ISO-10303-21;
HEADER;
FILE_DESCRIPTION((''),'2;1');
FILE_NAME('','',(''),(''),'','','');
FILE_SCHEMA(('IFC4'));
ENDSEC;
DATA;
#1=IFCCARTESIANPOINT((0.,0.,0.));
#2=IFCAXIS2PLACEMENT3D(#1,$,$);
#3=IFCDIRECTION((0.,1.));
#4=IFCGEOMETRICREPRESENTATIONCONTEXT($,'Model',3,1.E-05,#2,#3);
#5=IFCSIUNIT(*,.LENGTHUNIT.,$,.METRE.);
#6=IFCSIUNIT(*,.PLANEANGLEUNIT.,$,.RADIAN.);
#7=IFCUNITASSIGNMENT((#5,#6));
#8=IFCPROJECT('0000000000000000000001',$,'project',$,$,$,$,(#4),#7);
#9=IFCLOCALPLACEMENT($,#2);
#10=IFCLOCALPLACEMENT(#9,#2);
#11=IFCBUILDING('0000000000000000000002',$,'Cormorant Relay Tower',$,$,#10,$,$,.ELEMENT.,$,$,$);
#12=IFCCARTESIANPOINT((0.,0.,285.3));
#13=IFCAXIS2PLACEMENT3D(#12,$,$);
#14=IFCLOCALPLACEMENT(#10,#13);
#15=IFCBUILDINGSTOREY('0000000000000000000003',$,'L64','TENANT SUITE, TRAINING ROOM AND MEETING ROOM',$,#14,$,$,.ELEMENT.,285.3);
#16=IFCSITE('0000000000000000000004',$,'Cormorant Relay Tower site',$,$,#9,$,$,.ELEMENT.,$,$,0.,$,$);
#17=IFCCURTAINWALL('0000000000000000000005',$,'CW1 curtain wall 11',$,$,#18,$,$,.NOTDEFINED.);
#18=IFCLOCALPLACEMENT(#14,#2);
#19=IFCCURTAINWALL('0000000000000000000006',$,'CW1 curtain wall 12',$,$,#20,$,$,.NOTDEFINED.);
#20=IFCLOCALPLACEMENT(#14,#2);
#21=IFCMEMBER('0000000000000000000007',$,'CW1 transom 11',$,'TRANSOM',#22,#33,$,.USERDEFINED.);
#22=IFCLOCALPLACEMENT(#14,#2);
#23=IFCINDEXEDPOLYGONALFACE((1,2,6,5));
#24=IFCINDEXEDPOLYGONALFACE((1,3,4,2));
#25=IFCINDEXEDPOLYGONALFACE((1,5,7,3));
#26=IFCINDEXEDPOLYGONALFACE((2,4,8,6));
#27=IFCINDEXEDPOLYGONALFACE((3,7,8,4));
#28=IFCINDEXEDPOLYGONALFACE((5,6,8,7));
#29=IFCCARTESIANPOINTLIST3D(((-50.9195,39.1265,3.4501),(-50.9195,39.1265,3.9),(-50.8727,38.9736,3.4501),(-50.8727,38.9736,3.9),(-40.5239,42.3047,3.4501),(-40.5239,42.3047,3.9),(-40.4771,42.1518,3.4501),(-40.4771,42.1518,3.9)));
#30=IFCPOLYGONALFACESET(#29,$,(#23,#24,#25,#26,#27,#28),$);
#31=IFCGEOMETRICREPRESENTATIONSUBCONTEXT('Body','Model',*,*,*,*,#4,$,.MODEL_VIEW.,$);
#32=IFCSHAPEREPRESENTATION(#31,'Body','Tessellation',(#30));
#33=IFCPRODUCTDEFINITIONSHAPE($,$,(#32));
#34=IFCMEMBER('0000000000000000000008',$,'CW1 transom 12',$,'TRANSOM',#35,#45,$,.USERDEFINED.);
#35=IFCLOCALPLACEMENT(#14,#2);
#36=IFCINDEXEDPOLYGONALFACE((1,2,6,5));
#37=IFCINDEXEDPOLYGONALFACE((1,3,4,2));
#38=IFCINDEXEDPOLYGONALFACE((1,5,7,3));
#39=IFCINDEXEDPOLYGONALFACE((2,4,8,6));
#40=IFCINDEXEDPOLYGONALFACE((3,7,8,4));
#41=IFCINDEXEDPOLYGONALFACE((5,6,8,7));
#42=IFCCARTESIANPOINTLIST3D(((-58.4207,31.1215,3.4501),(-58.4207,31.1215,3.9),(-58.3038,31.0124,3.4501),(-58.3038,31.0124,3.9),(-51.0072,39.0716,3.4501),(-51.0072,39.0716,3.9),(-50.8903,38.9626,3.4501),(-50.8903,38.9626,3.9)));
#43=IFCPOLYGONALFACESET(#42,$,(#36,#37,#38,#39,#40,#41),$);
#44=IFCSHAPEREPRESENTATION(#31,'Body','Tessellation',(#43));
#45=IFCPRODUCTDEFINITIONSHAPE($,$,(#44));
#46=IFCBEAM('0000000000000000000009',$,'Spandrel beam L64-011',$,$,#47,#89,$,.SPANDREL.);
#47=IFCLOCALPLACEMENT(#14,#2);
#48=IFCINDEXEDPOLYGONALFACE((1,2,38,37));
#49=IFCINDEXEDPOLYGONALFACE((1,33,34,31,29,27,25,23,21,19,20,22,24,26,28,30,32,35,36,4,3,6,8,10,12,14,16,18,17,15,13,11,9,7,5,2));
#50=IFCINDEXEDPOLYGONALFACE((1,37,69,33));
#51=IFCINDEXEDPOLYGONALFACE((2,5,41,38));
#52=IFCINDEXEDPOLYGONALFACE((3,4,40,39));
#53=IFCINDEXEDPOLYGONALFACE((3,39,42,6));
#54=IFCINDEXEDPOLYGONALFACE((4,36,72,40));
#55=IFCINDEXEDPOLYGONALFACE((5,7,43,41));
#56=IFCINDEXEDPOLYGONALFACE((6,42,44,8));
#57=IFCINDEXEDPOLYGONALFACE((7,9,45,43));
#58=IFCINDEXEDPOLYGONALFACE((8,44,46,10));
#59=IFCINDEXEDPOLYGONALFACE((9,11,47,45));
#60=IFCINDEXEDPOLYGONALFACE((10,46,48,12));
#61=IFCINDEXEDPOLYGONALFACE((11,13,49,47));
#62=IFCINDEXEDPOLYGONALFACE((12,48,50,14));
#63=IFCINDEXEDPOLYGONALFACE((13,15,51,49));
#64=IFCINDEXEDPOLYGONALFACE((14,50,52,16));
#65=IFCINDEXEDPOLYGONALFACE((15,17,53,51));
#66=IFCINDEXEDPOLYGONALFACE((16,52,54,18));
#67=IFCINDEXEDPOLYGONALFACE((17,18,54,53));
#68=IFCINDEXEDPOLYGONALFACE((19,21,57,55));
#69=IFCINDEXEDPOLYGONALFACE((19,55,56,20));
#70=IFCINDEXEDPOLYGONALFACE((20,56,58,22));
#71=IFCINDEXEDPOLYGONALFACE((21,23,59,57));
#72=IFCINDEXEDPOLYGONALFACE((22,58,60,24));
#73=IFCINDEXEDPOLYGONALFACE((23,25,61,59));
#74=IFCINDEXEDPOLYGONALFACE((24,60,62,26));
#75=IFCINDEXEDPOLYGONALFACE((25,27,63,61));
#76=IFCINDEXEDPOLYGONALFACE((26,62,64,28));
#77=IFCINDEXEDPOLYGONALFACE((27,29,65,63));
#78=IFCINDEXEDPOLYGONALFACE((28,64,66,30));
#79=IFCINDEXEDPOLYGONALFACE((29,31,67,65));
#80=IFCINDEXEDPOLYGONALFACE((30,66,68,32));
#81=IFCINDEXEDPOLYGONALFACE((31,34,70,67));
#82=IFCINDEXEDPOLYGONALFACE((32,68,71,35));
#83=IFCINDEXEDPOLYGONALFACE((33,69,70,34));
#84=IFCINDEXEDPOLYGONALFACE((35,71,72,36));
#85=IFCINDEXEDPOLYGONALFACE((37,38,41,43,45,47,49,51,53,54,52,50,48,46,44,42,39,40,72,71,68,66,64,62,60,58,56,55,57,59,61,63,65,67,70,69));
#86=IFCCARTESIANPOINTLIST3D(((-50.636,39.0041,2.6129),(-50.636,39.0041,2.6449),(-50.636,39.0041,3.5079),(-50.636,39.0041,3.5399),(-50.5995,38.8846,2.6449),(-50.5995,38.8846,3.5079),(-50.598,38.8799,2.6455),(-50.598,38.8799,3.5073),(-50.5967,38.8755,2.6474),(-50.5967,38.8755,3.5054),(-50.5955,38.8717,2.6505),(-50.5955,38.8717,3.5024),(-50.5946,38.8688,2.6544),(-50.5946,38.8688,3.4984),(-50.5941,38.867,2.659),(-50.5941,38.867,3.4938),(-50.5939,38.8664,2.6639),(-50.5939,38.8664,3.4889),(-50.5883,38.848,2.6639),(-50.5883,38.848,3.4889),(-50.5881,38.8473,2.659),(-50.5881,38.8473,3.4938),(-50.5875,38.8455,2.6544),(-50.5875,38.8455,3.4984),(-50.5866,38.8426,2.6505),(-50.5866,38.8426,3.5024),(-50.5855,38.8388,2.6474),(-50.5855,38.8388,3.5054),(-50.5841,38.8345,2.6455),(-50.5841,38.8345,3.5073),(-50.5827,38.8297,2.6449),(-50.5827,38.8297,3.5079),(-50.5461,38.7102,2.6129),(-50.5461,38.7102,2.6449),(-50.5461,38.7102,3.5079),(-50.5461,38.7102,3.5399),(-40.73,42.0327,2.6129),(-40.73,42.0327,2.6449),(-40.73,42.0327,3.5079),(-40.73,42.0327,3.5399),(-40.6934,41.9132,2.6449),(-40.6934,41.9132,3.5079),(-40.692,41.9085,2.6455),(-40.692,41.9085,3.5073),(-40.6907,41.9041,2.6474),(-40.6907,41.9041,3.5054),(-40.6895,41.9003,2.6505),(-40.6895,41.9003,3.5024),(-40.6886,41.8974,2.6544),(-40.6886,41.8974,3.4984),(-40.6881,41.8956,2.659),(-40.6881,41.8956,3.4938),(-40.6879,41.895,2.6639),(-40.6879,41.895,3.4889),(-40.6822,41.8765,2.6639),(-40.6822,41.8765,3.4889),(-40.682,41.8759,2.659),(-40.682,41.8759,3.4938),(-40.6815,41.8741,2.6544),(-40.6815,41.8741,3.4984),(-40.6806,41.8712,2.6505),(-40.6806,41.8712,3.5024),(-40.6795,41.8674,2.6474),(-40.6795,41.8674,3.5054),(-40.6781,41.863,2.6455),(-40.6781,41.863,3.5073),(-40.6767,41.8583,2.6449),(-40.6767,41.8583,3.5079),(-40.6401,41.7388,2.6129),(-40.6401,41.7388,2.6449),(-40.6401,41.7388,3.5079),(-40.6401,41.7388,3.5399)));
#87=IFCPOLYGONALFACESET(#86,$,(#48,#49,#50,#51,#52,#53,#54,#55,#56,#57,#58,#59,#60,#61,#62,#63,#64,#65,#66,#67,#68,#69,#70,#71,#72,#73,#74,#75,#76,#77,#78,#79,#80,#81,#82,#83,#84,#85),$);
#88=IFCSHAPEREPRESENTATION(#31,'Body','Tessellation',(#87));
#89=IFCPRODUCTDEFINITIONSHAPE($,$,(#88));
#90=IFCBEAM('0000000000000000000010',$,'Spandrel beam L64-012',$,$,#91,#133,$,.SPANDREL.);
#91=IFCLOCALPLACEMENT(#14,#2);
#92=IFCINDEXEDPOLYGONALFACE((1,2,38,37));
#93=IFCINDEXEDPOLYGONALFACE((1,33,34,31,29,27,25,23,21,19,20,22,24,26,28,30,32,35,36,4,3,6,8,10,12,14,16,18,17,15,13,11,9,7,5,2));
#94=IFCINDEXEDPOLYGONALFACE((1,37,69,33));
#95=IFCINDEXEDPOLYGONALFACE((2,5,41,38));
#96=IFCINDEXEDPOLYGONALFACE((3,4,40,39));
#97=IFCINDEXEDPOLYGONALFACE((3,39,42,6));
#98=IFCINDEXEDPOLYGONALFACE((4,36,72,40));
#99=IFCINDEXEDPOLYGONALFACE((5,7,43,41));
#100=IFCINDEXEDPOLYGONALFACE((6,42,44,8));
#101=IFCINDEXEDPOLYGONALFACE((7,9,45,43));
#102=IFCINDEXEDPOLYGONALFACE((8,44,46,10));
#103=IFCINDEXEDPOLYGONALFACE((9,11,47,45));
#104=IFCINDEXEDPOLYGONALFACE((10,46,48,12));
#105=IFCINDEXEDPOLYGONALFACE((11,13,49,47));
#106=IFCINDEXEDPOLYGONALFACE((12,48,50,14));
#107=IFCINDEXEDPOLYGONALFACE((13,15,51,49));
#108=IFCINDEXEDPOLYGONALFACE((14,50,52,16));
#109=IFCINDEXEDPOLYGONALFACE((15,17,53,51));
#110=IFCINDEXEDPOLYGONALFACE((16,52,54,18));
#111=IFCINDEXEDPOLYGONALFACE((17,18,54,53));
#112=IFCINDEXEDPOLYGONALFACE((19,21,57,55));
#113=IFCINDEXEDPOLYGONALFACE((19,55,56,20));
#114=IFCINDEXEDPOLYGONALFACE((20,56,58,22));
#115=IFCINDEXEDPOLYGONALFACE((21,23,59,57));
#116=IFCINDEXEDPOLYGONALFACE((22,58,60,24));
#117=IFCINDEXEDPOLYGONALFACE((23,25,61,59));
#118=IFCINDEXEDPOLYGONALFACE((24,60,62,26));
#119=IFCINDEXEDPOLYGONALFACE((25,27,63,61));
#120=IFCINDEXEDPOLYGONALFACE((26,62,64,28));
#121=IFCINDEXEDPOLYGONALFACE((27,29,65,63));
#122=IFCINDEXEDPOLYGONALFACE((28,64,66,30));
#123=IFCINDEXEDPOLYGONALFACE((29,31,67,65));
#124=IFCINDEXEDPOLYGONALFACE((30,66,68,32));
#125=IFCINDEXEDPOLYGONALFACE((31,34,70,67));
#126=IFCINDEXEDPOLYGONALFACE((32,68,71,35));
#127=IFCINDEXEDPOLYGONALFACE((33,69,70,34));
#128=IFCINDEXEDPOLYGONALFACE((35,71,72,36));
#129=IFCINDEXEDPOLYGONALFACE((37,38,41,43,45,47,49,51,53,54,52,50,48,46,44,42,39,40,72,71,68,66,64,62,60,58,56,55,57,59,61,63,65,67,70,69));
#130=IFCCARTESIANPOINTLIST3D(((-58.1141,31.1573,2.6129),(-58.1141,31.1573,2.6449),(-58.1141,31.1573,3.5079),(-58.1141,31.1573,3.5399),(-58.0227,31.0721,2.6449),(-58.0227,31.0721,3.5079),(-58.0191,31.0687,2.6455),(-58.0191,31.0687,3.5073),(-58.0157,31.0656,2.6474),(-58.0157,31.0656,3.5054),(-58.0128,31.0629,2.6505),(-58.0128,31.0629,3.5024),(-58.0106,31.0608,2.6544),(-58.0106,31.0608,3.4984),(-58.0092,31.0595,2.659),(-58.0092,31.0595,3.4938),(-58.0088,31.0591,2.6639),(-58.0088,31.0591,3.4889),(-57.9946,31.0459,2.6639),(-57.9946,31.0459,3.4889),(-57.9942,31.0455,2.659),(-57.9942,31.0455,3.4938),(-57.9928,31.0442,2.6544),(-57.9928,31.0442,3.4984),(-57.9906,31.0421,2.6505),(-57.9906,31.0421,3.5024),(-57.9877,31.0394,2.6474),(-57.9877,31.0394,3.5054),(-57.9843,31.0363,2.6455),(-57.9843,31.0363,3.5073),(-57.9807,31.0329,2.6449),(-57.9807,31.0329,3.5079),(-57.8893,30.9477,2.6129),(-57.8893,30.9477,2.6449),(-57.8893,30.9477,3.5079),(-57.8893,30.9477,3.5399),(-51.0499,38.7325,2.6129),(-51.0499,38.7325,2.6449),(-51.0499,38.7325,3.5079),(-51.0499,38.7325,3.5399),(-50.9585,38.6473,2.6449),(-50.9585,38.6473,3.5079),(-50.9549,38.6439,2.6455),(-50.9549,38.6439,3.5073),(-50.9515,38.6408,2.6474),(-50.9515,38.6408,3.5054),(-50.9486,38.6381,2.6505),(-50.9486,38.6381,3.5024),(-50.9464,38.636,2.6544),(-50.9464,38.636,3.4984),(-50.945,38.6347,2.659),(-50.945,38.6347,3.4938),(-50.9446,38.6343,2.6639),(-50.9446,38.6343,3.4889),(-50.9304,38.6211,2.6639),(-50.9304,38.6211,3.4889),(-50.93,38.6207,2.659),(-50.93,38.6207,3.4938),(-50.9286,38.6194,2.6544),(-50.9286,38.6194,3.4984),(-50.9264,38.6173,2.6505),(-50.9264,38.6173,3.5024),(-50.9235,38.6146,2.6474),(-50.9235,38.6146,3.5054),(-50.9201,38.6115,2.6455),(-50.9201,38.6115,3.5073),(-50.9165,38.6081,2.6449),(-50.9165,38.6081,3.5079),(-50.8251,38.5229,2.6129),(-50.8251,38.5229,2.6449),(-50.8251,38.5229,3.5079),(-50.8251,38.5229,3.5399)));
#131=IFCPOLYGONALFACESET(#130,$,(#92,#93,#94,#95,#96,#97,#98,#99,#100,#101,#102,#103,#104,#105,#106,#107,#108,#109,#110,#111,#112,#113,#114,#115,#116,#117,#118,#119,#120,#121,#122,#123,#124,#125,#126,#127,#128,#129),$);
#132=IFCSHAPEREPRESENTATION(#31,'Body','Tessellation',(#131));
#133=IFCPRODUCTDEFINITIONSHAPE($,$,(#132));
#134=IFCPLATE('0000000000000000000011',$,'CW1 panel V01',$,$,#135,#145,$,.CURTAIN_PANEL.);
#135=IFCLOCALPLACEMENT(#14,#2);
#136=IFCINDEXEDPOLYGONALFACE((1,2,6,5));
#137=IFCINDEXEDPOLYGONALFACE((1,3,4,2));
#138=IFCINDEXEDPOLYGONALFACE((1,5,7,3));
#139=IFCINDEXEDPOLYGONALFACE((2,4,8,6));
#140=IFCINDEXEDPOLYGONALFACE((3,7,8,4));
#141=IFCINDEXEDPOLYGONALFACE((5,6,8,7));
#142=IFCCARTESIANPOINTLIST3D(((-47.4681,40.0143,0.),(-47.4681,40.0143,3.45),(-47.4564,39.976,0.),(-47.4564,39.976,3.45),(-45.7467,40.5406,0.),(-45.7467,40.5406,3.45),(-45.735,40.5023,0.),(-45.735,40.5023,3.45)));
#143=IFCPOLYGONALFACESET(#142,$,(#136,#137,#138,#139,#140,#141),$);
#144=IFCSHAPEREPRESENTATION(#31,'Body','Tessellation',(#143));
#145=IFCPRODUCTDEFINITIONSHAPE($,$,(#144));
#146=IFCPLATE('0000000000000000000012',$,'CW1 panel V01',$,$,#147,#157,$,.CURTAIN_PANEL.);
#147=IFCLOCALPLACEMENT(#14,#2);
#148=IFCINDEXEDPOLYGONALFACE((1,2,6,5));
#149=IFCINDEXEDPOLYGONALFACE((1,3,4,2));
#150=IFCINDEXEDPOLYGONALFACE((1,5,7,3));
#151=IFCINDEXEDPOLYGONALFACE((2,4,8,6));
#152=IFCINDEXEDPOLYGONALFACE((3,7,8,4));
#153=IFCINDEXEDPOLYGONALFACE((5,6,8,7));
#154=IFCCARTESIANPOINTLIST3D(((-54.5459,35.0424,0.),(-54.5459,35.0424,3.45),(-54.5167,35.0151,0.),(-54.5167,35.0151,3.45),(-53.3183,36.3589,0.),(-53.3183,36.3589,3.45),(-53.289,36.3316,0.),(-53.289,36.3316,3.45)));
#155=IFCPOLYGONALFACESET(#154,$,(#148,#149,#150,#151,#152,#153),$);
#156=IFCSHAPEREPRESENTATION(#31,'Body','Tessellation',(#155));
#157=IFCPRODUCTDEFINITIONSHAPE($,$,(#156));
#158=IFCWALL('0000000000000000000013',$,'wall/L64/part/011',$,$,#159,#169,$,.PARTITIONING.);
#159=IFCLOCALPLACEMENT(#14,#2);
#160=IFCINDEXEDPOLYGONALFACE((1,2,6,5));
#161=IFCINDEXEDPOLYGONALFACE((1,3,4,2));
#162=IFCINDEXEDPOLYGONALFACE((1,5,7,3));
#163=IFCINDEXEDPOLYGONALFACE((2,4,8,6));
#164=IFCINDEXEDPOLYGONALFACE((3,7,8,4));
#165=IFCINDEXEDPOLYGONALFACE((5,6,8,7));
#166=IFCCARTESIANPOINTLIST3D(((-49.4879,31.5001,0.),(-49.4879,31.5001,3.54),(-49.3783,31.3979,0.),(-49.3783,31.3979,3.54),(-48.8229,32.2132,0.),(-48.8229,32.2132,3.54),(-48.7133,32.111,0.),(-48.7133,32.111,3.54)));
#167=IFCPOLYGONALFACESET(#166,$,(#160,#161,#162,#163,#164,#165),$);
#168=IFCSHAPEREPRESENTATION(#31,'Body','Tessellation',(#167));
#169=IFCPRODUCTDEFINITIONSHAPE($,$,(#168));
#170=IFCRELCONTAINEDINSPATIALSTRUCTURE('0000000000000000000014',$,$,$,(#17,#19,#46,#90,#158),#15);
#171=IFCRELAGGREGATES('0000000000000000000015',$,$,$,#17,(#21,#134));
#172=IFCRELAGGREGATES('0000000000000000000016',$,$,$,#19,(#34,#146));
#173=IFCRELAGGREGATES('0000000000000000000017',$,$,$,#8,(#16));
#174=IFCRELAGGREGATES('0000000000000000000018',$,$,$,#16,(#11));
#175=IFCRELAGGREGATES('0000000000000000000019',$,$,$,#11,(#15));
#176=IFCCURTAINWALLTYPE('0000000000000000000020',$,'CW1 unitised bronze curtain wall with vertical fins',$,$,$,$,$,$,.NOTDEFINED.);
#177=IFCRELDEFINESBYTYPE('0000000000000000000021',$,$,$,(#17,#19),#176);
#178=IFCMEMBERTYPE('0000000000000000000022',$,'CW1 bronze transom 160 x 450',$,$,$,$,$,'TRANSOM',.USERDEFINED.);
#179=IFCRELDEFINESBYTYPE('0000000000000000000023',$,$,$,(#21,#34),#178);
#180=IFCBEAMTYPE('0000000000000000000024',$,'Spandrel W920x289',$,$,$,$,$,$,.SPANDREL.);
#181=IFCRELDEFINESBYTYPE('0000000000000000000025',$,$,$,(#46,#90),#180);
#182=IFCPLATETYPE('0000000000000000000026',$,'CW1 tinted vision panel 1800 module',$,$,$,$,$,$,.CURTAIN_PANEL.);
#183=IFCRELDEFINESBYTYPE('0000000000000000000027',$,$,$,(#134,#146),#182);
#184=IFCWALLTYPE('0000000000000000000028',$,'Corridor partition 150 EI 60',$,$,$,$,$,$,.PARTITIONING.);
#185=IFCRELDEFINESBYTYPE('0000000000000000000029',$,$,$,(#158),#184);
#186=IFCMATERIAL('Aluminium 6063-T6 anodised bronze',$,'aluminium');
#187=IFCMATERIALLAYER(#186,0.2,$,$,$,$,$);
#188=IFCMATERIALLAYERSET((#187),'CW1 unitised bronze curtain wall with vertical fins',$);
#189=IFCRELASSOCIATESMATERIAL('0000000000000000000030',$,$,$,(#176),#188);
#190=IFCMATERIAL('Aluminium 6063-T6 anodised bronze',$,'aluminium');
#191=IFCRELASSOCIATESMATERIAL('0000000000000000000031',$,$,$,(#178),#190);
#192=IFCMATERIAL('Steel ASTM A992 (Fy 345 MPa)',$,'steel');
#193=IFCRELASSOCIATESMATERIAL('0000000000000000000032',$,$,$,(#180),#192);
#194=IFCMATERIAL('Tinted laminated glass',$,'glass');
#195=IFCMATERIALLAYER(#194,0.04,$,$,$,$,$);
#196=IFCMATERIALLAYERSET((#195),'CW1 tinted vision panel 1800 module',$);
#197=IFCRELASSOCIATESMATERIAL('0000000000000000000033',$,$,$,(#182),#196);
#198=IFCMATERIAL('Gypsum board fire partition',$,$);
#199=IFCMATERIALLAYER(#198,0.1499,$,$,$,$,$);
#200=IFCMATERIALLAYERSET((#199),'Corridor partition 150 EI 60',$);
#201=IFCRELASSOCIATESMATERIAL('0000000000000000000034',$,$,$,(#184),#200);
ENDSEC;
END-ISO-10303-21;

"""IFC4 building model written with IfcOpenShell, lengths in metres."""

from ifc_helpers import new_model, si_unit, direction, frame, frame_2d, origin, origin_2d, place, context, subcontext, project, spatial, rectangle, i_section, extrude, material, layer, layer_set, material_profile, profile_set, type_object, element, aggregate, save


model = new_model("IFC4")

# Units and contexts
model_context = context("Model", 3, precision=1e-05, world=origin(), true_north=direction((0.0, 1.0)))
body_context = subcontext(model_context, "Body", "Model", "MODEL_VIEW")
ifc_project = project(units=[si_unit("LENGTHUNIT", "METRE"), si_unit("PLANEANGLEUNIT", "RADIAN")], contexts=[model_context])

# Site, building, storey
site_placement = place(None, origin())
site = spatial("IfcSite", under=ifc_project, at=site_placement, Name="Cormorant Relay Tower site", CompositionType="ELEMENT", RefElevation=0.0)
building_placement = place(site_placement, origin())
building = spatial("IfcBuilding", under=site, at=building_placement, Name="Cormorant Relay Tower", CompositionType="ELEMENT")
storey_placement = place(building_placement, frame((0.0, 0.0, 285.3)))
storey = spatial("IfcBuildingStorey", under=building, at=storey_placement, Name="L64", Description="TENANT SUITE, TRAINING ROOM AND MEETING ROOM", CompositionType="ELEMENT", Elevation=285.3)

# Curtain walls
ifc_material_1 = material(Name="Aluminium 6063-T6 anodised bronze", Category="aluminium")
ifc_layer_1 = layer(ifc_material_1, 0.2)
ifc_layer_set_1 = layer_set([ifc_layer_1], Name="CW1 unitised bronze curtain wall with vertical fins")
curtain_wall_type = type_object("IfcCurtainWallType", Name="CW1 unitised bronze curtain wall with vertical fins", PredefinedType="NOTDEFINED", material=ifc_layer_set_1)
curtain_wall_1_placement = place(storey_placement, origin())
curtain_wall_1 = element("IfcCurtainWall", 1, at=curtain_wall_1_placement, inside=storey, type_object=curtain_wall_type, Name="CW1 curtain wall 11", PredefinedType="NOTDEFINED")
curtain_wall_2_placement = place(storey_placement, origin())
curtain_wall_2 = element("IfcCurtainWall", 2, at=curtain_wall_2_placement, inside=storey, type_object=curtain_wall_type, Name="CW1 curtain wall 12", PredefinedType="NOTDEFINED")

# Members
ifc_material_2 = material(Name="Aluminium 6063-T6 anodised bronze", Category="aluminium")
ifc_material_profile_1 = material_profile(ifc_material_2, rectangle(XDim=0.1599, YDim=0.45, at=origin_2d()), Name="AL 160x450")
ifc_profile_set_1 = profile_set([ifc_material_profile_1], Name="Aluminium 6063-T6 anodised bronze")
member_type_1 = type_object("IfcMemberType", Name="CW1 bronze transom 160 x 450", ElementType="TRANSOM", PredefinedType="USERDEFINED", material=ifc_profile_set_1)
member_1_placement = place(storey_placement, frame((-40.5005, 42.2283, 3.675), z_axis=(-0.956305, -0.292371, 0.0), x_axis=(0.292371, -0.956305, 0.0)))
member_1 = element("IfcMember", 3, at=member_1_placement, type_object=member_type_1, Name="CW1 transom 11", ObjectType="TRANSOM", PredefinedType="USERDEFINED", context=body_context, shape_type="SweptSolid", body=[
    extrude(rectangle(XDim=0.1599, YDim=0.45, at=origin_2d()), origin(), (0.0, 0.0, 1.0), 10.8706),
])
member_2_placement = place(storey_placement, frame((-50.9487, 39.0171, 3.675), z_axis=(-0.681993, -0.731358, 0.0), x_axis=(0.731358, -0.681993, 0.0)))
member_2 = element("IfcMember", 4, at=member_2_placement, type_object=member_type_1, Name="CW1 transom 12", ObjectType="TRANSOM", PredefinedType="USERDEFINED", context=body_context, shape_type="SweptSolid", body=[
    extrude(rectangle(XDim=0.1599, YDim=0.45, at=origin_2d()), origin(), (0.0, 0.0, 1.0), 10.8704),
])

# Beams
ifc_material_3 = material(Name="Steel ASTM A992 (Fy 345 MPa)", Category="steel")
ifc_material_profile_2 = material_profile(ifc_material_3, i_section(OverallWidth=0.3074, OverallDepth=0.927, WebThickness=0.0193, FlangeThickness=0.032, FilletRadius=0.019, at=origin_2d()), Name="W920x289")
ifc_profile_set_2 = profile_set([ifc_material_profile_2], Name="Steel ASTM A992 (Fy 345 MPa)")
beam_type = type_object("IfcBeamType", Name="Spandrel W920x289", PredefinedType="SPANDREL", material=ifc_profile_set_2)
beam_1_placement = place(storey_placement, frame((-40.6851, 41.8857, 3.0764), z_axis=(-0.956305, -0.292371, 0.0), x_axis=(0.292371, -0.956305, 0.0)))
element("IfcBeam", 5, at=beam_1_placement, inside=storey, type_object=beam_type, Name="Spandrel beam L64-011", PredefinedType="SPANDREL", context=body_context, shape_type="SweptSolid", body=[
    extrude(i_section(OverallWidth=0.3074, OverallDepth=0.927, WebThickness=0.0193, FlangeThickness=0.032, FilletRadius=0.019, at=origin_2d()), origin(), (0.0, 0.0, 1.0), 10.3586),
])
beam_2_placement = place(storey_placement, frame((-50.9375, 38.6277, 3.0764), z_axis=(-0.68201, -0.731343, 0.0), x_axis=(0.731343, -0.68201, 0.0)))
element("IfcBeam", 6, at=beam_2_placement, inside=storey, type_object=beam_type, Name="Spandrel beam L64-012", PredefinedType="SPANDREL", context=body_context, shape_type="SweptSolid", body=[
    extrude(i_section(OverallWidth=0.3074, OverallDepth=0.927, WebThickness=0.0193, FlangeThickness=0.032, FilletRadius=0.019, at=origin_2d()), origin(), (0.0, 0.0, 1.0), 10.3579),
])

# Plates
ifc_material_4 = material(Name="Tinted laminated glass", Category="glass")
ifc_layer_2 = layer(ifc_material_4, 0.04)
ifc_layer_set_2 = layer_set([ifc_layer_2], Name="CW1 tinted vision panel 1800 module")
plate_type = type_object("IfcPlateType", Name="CW1 tinted vision panel 1800 module", PredefinedType="CURTAIN_PANEL", material=ifc_layer_set_2)
plate_1_placement = place(storey_placement, frame((-46.6016, 40.2583, 0.0), z_axis=(0.0, 0.0, 1.0), x_axis=(-0.956305, -0.292372, 0.0)))
plate_1 = element("IfcPlate", 7, at=plate_1_placement, type_object=plate_type, Name="CW1 panel V01", PredefinedType="CURTAIN_PANEL", context=body_context, shape_type="SweptSolid", body=[
    extrude(rectangle(XDim=1.8, YDim=0.04, at=origin_2d()), origin(), (0.0, 0.0, 1.0), 3.45),
])
plate_2_placement = place(storey_placement, frame((-53.9175, 35.687, 0.0), z_axis=(0.0, 0.0, 1.0), x_axis=(-0.681998, -0.731354, 0.0)))
plate_2 = element("IfcPlate", 8, at=plate_2_placement, type_object=plate_type, Name="CW1 panel V01", PredefinedType="CURTAIN_PANEL", context=body_context, shape_type="SweptSolid", body=[
    extrude(rectangle(XDim=1.8, YDim=0.04, at=origin_2d()), origin(), (0.0, 0.0, 1.0), 3.45),
])

# Wall
ifc_material_5 = material(Name="Gypsum board fire partition")
ifc_layer_3 = layer(ifc_material_5, 0.1499)
ifc_layer_set_3 = layer_set([ifc_layer_3], Name="Corridor partition 150 EI 60")
wall_type_1 = type_object("IfcWallType", Name="Corridor partition 150 EI 60", PredefinedType="PARTITIONING", material=ifc_layer_set_3)
wall_1_placement = place(storey_placement, frame((-49.4331, 31.449, 0.0), z_axis=(0.0, 0.0, 1.0), x_axis=(0.682015, 0.731338, 0.0)))
element("IfcWall", 9, at=wall_1_placement, inside=storey, type_object=wall_type_1, Name="wall/L64/part/011", PredefinedType="PARTITIONING", context=body_context, shape_type="SweptSolid", body=[
    extrude(rectangle(XDim=0.9751, YDim=0.1499, at=frame_2d((0.4875, 0.0))), origin(), (0.0, 0.0, 1.0), 3.54),
])

aggregate(curtain_wall_1, [member_1, plate_1])
aggregate(curtain_wall_2, [member_2, plate_2])

save(model, "model.ifc")
